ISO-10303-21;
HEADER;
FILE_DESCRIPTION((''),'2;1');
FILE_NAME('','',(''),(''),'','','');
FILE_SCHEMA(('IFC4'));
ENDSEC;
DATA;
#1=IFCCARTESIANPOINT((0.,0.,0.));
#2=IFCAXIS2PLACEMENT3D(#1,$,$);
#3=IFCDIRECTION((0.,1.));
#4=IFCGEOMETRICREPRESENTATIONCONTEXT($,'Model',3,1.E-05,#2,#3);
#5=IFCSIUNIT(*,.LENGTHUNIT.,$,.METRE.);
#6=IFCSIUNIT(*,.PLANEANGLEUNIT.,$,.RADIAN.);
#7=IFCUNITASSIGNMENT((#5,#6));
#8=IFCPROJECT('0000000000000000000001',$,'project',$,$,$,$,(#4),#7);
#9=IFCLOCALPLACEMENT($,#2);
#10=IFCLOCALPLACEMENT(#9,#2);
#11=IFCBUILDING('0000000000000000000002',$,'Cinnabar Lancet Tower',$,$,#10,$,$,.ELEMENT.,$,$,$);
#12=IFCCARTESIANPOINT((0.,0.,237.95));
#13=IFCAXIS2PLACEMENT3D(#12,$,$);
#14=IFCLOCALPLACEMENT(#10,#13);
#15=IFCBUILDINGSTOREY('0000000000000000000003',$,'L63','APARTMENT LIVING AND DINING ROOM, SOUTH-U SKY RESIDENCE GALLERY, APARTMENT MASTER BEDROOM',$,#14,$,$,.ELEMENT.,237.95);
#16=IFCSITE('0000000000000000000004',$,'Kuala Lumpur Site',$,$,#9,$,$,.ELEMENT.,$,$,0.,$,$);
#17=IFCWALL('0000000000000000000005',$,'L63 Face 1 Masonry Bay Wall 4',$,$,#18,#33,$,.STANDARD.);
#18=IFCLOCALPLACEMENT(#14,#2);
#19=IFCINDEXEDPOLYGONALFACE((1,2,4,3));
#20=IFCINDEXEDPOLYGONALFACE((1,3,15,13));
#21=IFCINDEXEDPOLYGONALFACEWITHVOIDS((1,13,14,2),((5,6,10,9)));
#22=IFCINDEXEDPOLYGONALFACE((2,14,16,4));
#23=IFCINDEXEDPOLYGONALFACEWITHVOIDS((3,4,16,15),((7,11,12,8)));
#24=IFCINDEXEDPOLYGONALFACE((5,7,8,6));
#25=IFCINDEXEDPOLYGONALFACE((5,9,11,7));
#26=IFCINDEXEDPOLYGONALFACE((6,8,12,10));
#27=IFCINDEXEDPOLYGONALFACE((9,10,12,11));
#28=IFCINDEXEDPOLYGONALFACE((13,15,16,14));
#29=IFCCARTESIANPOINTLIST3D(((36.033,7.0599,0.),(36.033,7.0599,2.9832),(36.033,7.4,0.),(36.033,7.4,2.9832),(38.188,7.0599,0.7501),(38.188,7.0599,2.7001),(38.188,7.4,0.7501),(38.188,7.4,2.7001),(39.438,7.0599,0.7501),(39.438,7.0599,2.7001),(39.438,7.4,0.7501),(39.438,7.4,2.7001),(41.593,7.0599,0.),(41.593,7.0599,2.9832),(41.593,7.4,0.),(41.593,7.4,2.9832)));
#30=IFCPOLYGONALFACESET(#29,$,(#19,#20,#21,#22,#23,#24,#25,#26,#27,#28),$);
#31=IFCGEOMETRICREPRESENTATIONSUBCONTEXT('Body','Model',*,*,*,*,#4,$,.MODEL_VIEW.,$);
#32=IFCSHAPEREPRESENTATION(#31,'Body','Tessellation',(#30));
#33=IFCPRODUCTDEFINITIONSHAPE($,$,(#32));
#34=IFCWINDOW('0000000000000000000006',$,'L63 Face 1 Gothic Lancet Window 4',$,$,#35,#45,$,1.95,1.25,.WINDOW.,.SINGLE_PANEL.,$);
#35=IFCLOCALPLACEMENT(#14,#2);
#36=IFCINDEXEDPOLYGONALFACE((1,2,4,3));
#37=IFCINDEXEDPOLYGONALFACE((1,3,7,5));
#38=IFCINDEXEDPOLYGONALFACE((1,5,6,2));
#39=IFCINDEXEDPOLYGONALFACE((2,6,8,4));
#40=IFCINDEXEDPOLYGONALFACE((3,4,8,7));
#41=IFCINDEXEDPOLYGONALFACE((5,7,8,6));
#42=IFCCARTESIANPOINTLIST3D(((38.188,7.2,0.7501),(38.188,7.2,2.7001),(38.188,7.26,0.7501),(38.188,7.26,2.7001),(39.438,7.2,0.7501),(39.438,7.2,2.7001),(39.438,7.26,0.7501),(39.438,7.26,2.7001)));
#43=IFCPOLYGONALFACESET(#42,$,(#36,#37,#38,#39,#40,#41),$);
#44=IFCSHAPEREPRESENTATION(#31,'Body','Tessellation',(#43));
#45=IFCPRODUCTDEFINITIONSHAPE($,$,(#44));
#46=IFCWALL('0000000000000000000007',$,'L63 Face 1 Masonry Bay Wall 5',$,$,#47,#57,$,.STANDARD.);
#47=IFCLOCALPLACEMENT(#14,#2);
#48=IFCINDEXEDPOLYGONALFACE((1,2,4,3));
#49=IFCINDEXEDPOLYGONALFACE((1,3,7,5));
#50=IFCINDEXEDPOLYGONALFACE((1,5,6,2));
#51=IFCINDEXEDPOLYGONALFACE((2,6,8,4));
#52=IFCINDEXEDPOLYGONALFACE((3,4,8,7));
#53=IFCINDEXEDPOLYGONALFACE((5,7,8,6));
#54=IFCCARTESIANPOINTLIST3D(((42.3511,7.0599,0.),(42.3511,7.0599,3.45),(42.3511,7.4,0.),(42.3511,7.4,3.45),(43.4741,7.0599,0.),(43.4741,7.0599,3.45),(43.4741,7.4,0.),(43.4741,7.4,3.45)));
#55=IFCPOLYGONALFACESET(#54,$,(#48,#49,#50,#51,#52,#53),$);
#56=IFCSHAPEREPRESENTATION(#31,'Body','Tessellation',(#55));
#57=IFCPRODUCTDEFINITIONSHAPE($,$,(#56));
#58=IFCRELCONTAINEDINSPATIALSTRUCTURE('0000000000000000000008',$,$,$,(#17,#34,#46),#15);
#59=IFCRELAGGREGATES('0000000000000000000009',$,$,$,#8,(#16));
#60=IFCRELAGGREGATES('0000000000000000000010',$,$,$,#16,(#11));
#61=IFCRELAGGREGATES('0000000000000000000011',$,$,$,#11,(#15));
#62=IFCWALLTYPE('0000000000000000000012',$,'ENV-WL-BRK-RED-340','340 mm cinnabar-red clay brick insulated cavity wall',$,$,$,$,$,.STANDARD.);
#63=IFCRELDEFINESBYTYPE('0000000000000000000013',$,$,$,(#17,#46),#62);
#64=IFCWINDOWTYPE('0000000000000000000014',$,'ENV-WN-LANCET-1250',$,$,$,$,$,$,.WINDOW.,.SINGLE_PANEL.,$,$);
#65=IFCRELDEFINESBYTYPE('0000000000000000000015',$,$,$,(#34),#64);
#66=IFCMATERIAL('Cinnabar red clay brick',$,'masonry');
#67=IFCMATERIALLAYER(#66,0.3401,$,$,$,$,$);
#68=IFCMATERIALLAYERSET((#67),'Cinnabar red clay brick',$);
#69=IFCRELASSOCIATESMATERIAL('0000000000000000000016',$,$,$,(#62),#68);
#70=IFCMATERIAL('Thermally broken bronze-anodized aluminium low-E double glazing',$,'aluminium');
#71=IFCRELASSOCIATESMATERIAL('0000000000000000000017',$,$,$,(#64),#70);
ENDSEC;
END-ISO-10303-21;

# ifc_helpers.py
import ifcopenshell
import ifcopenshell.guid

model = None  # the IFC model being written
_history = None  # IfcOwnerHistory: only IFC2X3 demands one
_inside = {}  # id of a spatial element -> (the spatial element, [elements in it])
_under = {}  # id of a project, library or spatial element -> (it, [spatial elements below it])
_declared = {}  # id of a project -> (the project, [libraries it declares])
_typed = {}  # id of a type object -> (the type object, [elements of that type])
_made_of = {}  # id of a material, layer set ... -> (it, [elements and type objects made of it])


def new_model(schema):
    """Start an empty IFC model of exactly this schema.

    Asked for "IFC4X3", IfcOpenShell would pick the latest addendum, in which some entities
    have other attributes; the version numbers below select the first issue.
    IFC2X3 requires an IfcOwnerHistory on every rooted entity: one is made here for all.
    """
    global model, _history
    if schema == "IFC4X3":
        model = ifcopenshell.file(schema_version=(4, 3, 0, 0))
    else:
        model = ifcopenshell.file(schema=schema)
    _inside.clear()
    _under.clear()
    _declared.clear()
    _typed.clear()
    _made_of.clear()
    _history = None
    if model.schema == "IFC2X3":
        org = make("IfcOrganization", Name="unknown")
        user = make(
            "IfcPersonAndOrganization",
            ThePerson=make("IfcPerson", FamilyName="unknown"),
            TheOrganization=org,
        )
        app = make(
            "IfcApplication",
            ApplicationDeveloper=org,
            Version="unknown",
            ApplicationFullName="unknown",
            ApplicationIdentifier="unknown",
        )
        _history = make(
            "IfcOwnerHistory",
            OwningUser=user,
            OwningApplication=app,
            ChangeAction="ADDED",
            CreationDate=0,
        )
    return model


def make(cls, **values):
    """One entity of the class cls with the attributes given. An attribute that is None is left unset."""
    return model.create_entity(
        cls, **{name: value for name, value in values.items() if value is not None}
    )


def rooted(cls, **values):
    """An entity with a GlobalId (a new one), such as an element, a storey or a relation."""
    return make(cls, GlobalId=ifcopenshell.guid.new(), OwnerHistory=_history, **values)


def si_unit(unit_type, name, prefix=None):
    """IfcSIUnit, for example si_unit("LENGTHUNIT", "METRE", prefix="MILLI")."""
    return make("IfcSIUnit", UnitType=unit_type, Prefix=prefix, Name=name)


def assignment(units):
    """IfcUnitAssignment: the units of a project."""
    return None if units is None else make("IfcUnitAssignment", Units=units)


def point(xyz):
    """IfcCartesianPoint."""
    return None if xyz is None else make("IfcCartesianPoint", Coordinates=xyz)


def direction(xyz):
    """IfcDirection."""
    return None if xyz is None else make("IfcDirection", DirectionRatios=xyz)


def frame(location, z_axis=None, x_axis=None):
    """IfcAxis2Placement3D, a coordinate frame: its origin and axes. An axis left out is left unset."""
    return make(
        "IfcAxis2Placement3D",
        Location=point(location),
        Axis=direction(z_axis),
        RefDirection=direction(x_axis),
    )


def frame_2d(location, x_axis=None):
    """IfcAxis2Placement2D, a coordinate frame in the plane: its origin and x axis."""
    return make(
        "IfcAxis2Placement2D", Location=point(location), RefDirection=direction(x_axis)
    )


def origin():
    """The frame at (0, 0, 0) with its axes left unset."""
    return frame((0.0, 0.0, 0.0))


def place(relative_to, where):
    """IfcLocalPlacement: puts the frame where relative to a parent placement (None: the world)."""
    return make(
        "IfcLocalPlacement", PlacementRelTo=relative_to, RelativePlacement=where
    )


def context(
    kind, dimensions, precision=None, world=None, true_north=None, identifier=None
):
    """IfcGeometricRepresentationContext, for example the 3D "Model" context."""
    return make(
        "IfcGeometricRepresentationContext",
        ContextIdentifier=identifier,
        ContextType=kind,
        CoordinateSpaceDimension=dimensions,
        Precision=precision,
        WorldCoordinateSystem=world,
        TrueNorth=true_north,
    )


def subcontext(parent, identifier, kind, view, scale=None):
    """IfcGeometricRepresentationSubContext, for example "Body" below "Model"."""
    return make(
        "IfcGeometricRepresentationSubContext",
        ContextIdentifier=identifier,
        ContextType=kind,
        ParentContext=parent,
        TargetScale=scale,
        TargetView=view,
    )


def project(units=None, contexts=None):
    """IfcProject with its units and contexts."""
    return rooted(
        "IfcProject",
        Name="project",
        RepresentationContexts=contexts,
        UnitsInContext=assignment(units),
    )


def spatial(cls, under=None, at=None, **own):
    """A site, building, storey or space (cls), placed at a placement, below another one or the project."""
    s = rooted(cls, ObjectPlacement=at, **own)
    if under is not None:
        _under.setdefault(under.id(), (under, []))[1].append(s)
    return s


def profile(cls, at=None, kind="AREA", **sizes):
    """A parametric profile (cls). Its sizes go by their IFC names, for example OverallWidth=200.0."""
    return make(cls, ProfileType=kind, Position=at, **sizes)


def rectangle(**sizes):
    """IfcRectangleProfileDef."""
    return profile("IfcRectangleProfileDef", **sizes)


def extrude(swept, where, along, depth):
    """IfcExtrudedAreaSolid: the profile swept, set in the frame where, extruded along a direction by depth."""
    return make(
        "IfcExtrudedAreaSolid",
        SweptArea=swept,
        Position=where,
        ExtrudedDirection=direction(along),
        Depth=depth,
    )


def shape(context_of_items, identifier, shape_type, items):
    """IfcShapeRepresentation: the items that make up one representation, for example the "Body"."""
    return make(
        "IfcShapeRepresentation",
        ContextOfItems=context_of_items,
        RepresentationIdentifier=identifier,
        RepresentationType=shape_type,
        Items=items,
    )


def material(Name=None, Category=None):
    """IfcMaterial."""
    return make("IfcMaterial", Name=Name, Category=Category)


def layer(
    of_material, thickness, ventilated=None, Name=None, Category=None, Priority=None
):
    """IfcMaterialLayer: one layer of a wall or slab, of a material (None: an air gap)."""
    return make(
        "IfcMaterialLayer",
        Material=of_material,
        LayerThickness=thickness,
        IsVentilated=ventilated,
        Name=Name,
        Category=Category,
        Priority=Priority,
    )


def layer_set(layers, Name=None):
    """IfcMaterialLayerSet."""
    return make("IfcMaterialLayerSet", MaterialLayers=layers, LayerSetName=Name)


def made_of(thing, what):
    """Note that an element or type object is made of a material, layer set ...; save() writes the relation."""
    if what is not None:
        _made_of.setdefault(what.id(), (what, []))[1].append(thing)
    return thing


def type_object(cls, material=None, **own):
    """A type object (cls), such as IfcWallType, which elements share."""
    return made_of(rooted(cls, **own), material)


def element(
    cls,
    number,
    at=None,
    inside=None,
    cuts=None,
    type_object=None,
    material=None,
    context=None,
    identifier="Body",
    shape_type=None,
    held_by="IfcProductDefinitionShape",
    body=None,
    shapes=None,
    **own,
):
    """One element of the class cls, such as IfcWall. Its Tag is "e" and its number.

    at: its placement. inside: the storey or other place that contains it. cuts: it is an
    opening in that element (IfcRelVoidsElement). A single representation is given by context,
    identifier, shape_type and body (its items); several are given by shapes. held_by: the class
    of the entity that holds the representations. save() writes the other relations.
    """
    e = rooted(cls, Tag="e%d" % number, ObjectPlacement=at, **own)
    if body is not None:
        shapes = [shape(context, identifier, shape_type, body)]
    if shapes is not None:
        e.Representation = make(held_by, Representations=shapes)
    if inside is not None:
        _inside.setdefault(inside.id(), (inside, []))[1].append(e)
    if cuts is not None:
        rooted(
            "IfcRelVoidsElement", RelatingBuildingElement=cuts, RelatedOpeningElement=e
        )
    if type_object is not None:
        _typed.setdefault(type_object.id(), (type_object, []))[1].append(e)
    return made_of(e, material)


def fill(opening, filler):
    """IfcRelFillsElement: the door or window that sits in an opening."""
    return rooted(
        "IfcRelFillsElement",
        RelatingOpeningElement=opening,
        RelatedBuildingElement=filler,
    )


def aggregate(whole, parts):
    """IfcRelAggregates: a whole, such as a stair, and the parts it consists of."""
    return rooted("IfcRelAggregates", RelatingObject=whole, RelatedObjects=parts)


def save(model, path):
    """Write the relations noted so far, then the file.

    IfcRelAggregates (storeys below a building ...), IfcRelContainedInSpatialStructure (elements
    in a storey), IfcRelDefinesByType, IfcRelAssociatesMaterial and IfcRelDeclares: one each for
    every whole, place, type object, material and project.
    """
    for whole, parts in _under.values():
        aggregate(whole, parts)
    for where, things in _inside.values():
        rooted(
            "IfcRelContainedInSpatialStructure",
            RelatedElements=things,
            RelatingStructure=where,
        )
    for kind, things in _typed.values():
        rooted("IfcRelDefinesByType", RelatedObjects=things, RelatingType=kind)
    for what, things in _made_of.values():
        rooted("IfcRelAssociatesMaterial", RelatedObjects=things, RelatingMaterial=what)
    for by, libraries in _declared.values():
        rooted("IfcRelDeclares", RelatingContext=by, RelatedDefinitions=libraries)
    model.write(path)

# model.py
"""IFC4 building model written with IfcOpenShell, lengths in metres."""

from ifc_helpers import new_model, si_unit, direction, frame, frame_2d, origin, place, context, subcontext, project, spatial, rectangle, extrude, material, layer, layer_set, type_object, element, fill, save


model = new_model("IFC4")

# Units and contexts
model_context = context("Model", 3, precision=1e-05, world=origin(), true_north=direction((0.0, 1.0)))
body_context = subcontext(model_context, "Body", "Model", "MODEL_VIEW")
ifc_project = project(units=[si_unit("LENGTHUNIT", "METRE"), si_unit("PLANEANGLEUNIT", "RADIAN")], contexts=[model_context])

# Site, building, storey
site_placement = place(None, origin())
site = spatial("IfcSite", under=ifc_project, at=site_placement, Name="Kuala Lumpur Site", CompositionType="ELEMENT", RefElevation=0.0)
building_placement = place(site_placement, origin())
building = spatial("IfcBuilding", under=site, at=building_placement, Name="Cinnabar Lancet Tower", CompositionType="ELEMENT")
storey_placement = place(building_placement, frame((0.0, 0.0, 237.95)))
storey = spatial("IfcBuildingStorey", under=building, at=storey_placement, Name="L63", Description="APARTMENT LIVING AND DINING ROOM, SOUTH-U SKY RESIDENCE GALLERY, APARTMENT MASTER BEDROOM", CompositionType="ELEMENT", Elevation=237.95)

# Shared definitions
ifc_material_1 = material(Name="Cinnabar red clay brick", Category="masonry")
ifc_layer_1 = layer(ifc_material_1, 0.3401)
ifc_layer_set_1 = layer_set([ifc_layer_1], Name="Cinnabar red clay brick")
wall_type_1 = type_object("IfcWallType", Name="ENV-WL-BRK-RED-340", Description="340 mm cinnabar-red clay brick insulated cavity wall", PredefinedType="STANDARD", material=ifc_layer_set_1)

# Wall, opening, window
wall_1_placement = place(storey_placement, frame((36.033, 7.23, 0.0), z_axis=(0.0, 0.0, 1.0), x_axis=(1.0, 0.0, 0.0)))
wall_1 = element("IfcWall", 1, at=wall_1_placement, inside=storey, type_object=wall_type_1, Name="L63 Face 1 Masonry Bay Wall 4", PredefinedType="STANDARD", context=body_context, shape_type="SweptSolid", body=[
    extrude(rectangle(XDim=5.5601, YDim=0.3401, at=frame_2d((2.78, 0.0))), origin(), (0.0, 0.0, 1.0), 2.9832),
])
opening_1_placement = place(wall_1_placement, frame((2.155, 0.0, 0.75)))
opening_1 = element("IfcOpeningElement", 2, at=opening_1_placement, cuts=wall_1, PredefinedType="OPENING", context=body_context, shape_type="SweptSolid", body=[
    extrude(rectangle(XDim=1.25, YDim=1.95, at=frame_2d((0.625, 0.9751))), frame((0.0, 0.1799, 0.0), z_axis=(0.0, -1.0, 0.0), x_axis=(1.0, 0.0, 0.0)), (0.0, 0.0, 1.0), 0.3601),
])
ifc_material_2 = material(Name="Thermally broken bronze-anodized aluminium low-E double glazing", Category="aluminium")
window_type_1 = type_object("IfcWindowType", Name="ENV-WN-LANCET-1250", PartitioningType="SINGLE_PANEL", PredefinedType="WINDOW", material=ifc_material_2)
window_1_placement = place(opening_1_placement, origin())
window_1 = element("IfcWindow", 3, at=window_1_placement, inside=storey, type_object=window_type_1, Name="L63 Face 1 Gothic Lancet Window 4", OverallHeight=1.95, OverallWidth=1.25, PartitioningType="SINGLE_PANEL", PredefinedType="WINDOW", context=body_context, shape_type="SweptSolid", body=[
    extrude(rectangle(XDim=1.25, YDim=1.95, at=frame_2d((0.625, 0.9751))), frame((0.0, 0.03, 0.0), z_axis=(0.0, -1.0, 0.0), x_axis=(1.0, 0.0, 0.0)), (0.0, 0.0, 1.0), 0.0601),
])
fill(opening_1, window_1)

# Wall
wall_2_placement = place(storey_placement, frame((42.3511, 7.23, 0.0), z_axis=(0.0, 0.0, 1.0), x_axis=(1.0, 0.0, 0.0)))
element("IfcWall", 4, at=wall_2_placement, inside=storey, type_object=wall_type_1, Name="L63 Face 1 Masonry Bay Wall 5", PredefinedType="STANDARD", context=body_context, shape_type="SweptSolid", body=[
    extrude(rectangle(XDim=1.123, YDim=0.3401, at=frame_2d((0.5615, 0.0))), origin(), (0.0, 0.0, 1.0), 3.45),
])

save(model, "model.ifc")
